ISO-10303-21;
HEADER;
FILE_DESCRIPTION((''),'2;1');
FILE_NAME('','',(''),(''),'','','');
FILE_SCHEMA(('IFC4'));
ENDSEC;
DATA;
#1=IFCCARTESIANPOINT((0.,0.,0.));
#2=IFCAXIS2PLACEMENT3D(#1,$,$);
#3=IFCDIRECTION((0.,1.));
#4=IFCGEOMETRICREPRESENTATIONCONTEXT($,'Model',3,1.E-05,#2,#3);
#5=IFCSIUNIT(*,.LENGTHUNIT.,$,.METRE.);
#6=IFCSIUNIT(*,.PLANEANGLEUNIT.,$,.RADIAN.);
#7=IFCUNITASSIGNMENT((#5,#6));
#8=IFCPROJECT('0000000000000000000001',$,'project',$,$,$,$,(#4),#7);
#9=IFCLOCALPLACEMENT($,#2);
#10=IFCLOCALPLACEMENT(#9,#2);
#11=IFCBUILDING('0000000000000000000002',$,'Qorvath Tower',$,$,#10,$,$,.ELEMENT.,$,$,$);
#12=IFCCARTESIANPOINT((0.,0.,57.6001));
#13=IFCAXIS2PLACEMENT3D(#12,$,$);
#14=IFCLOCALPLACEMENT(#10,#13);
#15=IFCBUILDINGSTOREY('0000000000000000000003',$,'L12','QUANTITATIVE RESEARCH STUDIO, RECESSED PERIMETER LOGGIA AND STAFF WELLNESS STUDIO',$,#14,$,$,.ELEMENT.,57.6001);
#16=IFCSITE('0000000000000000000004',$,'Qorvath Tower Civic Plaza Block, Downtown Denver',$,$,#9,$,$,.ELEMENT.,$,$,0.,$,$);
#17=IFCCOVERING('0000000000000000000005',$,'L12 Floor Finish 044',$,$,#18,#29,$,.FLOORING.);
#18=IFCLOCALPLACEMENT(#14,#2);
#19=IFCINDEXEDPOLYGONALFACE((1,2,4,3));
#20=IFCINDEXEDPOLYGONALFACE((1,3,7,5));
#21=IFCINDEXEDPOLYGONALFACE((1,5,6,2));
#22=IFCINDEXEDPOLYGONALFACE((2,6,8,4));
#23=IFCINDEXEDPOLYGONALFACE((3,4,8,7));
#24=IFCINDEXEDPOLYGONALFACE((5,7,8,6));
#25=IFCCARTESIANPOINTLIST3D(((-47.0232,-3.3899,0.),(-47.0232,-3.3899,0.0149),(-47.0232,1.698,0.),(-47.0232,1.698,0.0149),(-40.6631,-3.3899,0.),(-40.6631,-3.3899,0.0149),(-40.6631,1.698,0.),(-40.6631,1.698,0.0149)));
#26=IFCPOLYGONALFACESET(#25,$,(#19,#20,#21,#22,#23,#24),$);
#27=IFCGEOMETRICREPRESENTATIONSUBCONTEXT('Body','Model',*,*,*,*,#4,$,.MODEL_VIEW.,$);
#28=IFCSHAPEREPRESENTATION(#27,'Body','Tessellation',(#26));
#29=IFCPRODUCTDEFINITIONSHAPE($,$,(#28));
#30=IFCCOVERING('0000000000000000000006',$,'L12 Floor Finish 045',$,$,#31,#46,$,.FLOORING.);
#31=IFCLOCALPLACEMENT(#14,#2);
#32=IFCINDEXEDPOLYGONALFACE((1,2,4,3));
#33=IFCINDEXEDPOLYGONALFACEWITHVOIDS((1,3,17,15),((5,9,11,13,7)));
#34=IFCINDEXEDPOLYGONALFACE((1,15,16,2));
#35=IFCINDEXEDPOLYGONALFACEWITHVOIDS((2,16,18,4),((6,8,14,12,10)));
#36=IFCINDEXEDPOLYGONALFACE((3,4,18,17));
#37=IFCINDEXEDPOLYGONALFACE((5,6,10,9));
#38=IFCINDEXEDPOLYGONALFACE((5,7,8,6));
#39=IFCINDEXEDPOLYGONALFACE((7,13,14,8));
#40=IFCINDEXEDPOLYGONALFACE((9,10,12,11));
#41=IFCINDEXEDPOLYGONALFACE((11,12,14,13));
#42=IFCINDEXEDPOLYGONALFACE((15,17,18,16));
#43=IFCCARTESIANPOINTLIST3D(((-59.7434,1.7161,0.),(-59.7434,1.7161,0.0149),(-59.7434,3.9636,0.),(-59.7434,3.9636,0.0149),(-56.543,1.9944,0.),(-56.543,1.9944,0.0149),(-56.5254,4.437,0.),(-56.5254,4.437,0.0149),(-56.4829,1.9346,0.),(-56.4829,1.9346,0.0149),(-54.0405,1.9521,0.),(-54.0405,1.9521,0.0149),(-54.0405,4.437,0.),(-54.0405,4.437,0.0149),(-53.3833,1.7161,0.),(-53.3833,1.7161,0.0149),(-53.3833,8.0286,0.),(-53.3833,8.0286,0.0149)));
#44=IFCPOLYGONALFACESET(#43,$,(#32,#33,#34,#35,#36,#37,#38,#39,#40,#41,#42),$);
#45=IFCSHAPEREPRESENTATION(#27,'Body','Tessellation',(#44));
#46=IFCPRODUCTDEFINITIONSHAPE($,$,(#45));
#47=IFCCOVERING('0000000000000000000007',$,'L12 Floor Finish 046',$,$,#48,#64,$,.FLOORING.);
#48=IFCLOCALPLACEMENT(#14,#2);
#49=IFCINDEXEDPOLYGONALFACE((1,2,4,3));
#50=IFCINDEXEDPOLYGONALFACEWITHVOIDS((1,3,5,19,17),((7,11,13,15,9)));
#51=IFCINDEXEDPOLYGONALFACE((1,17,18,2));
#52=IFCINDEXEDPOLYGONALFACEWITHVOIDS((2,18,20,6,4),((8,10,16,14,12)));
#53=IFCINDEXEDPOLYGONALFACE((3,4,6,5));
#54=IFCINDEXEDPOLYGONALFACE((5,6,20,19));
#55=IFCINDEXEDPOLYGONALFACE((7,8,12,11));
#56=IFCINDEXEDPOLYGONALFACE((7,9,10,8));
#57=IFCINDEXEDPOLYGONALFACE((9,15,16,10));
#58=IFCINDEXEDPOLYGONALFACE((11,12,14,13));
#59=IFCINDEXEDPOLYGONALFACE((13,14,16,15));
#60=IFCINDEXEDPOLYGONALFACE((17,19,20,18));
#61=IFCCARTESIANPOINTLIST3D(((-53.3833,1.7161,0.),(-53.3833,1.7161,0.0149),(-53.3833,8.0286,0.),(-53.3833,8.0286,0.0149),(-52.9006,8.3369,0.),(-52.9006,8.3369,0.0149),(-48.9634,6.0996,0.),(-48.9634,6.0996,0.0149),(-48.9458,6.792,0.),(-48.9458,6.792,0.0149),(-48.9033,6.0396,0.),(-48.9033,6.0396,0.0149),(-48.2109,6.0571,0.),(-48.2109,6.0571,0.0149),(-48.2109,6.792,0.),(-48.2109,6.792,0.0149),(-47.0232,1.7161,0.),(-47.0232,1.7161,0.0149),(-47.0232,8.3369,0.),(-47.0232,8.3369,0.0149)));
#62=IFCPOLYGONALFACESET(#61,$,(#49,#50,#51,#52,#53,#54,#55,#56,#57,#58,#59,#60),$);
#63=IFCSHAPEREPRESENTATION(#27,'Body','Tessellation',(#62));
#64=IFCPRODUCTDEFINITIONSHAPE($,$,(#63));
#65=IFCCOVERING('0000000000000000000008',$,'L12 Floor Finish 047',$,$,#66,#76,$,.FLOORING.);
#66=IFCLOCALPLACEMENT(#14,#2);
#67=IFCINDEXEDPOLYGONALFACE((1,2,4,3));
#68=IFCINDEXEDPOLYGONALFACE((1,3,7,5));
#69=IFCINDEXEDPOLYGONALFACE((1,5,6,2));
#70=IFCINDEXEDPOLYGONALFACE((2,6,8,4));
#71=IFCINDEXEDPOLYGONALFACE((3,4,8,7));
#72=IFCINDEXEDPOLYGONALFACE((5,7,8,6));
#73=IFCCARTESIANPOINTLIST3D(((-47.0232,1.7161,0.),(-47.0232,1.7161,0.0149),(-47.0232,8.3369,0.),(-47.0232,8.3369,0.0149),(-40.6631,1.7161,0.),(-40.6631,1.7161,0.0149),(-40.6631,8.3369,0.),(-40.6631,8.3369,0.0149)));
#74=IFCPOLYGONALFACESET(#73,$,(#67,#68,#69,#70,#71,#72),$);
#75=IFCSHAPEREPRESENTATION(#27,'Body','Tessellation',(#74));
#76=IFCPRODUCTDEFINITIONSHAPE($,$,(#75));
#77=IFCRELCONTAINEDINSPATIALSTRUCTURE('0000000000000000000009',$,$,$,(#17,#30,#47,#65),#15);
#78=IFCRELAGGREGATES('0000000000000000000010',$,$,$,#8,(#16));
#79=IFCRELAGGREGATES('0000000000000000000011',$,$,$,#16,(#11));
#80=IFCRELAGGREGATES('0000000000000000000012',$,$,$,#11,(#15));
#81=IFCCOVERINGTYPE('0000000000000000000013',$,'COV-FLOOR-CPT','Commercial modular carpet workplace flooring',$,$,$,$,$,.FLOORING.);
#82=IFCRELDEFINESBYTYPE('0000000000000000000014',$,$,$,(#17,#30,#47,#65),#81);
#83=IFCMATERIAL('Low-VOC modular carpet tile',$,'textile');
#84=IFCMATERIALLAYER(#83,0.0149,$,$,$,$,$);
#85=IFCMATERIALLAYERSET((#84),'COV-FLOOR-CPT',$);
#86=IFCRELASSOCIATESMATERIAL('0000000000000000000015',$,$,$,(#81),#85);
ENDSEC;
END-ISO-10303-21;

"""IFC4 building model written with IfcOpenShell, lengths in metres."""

from ifc_helpers import new_model, si_unit, direction, frame, origin, place, context, subcontext, project, spatial, polyline, outline, extrude, material, layer, layer_set, type_object, element, save


model = new_model("IFC4")

# Units and contexts
model_context = context("Model", 3, precision=1e-05, world=origin(), true_north=direction((0.0, 1.0)))
body_context = subcontext(model_context, "Body", "Model", "MODEL_VIEW")
ifc_project = project(units=[si_unit("LENGTHUNIT", "METRE"), si_unit("PLANEANGLEUNIT", "RADIAN")], contexts=[model_context])

# Site, building, storey
site_placement = place(None, origin())
site = spatial("IfcSite", under=ifc_project, at=site_placement, Name="Qorvath Tower Civic Plaza Block, Downtown Denver", CompositionType="ELEMENT", RefElevation=0.0)
building_placement = place(site_placement, origin())
building = spatial("IfcBuilding", under=site, at=building_placement, Name="Qorvath Tower", CompositionType="ELEMENT")
storey_placement = place(building_placement, frame((0.0, 0.0, 57.6001)))
storey = spatial("IfcBuildingStorey", under=building, at=storey_placement, Name="L12", Description="QUANTITATIVE RESEARCH STUDIO, RECESSED PERIMETER LOGGIA AND STAFF WELLNESS STUDIO", CompositionType="ELEMENT", Elevation=57.6001)

# Coverings
ifc_material_1 = material(Name="Low-VOC modular carpet tile", Category="textile")
ifc_layer_1 = layer(ifc_material_1, 0.0149)
ifc_layer_set_1 = layer_set([ifc_layer_1], Name="COV-FLOOR-CPT")
covering_type_1 = type_object("IfcCoveringType", Name="COV-FLOOR-CPT", Description="Commercial modular carpet workplace flooring", PredefinedType="FLOORING", material=ifc_layer_set_1)
covering_1_placement = place(storey_placement, origin())
element("IfcCovering", 1, at=covering_1_placement, inside=storey, type_object=covering_type_1, Name="L12 Floor Finish 044", PredefinedType="FLOORING", context=body_context, shape_type="SweptSolid", body=[
    extrude(outline(polyline([(-47.0232, 1.698), (-47.0232, -3.3899), (-40.6631, -3.3899), (-40.6631, 1.698), (-47.0232, 1.698)])), origin(), (0.0, 0.0, 1.0), 0.0149),
])
covering_2_placement = place(storey_placement, origin())
element("IfcCovering", 2, at=covering_2_placement, inside=storey, type_object=covering_type_1, Name="L12 Floor Finish 045", PredefinedType="FLOORING", context=body_context, shape_type="SweptSolid", body=[
    extrude(outline(polyline([(-53.3833, 1.7161), (-53.3833, 8.0286), (-59.7434, 3.9636), (-59.7434, 1.7161), (-53.3833, 1.7161)]), holes=[polyline([(-56.543, 1.9944), (-56.5254, 4.437), (-54.0405, 4.437), (-54.0405, 1.9521), (-56.4829, 1.9346), (-56.543, 1.9944)])]), origin(), (0.0, 0.0, 1.0), 0.0149),
])
covering_3_placement = place(storey_placement, origin())
element("IfcCovering", 3, at=covering_3_placement, inside=storey, type_object=covering_type_1, Name="L12 Floor Finish 046", PredefinedType="FLOORING", context=body_context, shape_type="SweptSolid", body=[
    extrude(outline(polyline([(-47.0232, 1.7161), (-47.0232, 8.3369), (-52.9006, 8.3369), (-53.3833, 8.0286), (-53.3833, 1.7161), (-47.0232, 1.7161)]), holes=[polyline([(-48.9634, 6.0996), (-48.9458, 6.792), (-48.2109, 6.792), (-48.2109, 6.0571), (-48.9033, 6.0396), (-48.9634, 6.0996)])]), origin(), (0.0, 0.0, 1.0), 0.0149),
])
covering_4_placement = place(storey_placement, origin())
element("IfcCovering", 4, at=covering_4_placement, inside=storey, type_object=covering_type_1, Name="L12 Floor Finish 047", PredefinedType="FLOORING", context=body_context, shape_type="SweptSolid", body=[
    extrude(outline(polyline([(-40.6631, 1.7161), (-40.6631, 8.3369), (-47.0232, 8.3369), (-47.0232, 1.7161), (-40.6631, 1.7161)])), origin(), (0.0, 0.0, 1.0), 0.0149),
])

save(model, "model.ifc")
